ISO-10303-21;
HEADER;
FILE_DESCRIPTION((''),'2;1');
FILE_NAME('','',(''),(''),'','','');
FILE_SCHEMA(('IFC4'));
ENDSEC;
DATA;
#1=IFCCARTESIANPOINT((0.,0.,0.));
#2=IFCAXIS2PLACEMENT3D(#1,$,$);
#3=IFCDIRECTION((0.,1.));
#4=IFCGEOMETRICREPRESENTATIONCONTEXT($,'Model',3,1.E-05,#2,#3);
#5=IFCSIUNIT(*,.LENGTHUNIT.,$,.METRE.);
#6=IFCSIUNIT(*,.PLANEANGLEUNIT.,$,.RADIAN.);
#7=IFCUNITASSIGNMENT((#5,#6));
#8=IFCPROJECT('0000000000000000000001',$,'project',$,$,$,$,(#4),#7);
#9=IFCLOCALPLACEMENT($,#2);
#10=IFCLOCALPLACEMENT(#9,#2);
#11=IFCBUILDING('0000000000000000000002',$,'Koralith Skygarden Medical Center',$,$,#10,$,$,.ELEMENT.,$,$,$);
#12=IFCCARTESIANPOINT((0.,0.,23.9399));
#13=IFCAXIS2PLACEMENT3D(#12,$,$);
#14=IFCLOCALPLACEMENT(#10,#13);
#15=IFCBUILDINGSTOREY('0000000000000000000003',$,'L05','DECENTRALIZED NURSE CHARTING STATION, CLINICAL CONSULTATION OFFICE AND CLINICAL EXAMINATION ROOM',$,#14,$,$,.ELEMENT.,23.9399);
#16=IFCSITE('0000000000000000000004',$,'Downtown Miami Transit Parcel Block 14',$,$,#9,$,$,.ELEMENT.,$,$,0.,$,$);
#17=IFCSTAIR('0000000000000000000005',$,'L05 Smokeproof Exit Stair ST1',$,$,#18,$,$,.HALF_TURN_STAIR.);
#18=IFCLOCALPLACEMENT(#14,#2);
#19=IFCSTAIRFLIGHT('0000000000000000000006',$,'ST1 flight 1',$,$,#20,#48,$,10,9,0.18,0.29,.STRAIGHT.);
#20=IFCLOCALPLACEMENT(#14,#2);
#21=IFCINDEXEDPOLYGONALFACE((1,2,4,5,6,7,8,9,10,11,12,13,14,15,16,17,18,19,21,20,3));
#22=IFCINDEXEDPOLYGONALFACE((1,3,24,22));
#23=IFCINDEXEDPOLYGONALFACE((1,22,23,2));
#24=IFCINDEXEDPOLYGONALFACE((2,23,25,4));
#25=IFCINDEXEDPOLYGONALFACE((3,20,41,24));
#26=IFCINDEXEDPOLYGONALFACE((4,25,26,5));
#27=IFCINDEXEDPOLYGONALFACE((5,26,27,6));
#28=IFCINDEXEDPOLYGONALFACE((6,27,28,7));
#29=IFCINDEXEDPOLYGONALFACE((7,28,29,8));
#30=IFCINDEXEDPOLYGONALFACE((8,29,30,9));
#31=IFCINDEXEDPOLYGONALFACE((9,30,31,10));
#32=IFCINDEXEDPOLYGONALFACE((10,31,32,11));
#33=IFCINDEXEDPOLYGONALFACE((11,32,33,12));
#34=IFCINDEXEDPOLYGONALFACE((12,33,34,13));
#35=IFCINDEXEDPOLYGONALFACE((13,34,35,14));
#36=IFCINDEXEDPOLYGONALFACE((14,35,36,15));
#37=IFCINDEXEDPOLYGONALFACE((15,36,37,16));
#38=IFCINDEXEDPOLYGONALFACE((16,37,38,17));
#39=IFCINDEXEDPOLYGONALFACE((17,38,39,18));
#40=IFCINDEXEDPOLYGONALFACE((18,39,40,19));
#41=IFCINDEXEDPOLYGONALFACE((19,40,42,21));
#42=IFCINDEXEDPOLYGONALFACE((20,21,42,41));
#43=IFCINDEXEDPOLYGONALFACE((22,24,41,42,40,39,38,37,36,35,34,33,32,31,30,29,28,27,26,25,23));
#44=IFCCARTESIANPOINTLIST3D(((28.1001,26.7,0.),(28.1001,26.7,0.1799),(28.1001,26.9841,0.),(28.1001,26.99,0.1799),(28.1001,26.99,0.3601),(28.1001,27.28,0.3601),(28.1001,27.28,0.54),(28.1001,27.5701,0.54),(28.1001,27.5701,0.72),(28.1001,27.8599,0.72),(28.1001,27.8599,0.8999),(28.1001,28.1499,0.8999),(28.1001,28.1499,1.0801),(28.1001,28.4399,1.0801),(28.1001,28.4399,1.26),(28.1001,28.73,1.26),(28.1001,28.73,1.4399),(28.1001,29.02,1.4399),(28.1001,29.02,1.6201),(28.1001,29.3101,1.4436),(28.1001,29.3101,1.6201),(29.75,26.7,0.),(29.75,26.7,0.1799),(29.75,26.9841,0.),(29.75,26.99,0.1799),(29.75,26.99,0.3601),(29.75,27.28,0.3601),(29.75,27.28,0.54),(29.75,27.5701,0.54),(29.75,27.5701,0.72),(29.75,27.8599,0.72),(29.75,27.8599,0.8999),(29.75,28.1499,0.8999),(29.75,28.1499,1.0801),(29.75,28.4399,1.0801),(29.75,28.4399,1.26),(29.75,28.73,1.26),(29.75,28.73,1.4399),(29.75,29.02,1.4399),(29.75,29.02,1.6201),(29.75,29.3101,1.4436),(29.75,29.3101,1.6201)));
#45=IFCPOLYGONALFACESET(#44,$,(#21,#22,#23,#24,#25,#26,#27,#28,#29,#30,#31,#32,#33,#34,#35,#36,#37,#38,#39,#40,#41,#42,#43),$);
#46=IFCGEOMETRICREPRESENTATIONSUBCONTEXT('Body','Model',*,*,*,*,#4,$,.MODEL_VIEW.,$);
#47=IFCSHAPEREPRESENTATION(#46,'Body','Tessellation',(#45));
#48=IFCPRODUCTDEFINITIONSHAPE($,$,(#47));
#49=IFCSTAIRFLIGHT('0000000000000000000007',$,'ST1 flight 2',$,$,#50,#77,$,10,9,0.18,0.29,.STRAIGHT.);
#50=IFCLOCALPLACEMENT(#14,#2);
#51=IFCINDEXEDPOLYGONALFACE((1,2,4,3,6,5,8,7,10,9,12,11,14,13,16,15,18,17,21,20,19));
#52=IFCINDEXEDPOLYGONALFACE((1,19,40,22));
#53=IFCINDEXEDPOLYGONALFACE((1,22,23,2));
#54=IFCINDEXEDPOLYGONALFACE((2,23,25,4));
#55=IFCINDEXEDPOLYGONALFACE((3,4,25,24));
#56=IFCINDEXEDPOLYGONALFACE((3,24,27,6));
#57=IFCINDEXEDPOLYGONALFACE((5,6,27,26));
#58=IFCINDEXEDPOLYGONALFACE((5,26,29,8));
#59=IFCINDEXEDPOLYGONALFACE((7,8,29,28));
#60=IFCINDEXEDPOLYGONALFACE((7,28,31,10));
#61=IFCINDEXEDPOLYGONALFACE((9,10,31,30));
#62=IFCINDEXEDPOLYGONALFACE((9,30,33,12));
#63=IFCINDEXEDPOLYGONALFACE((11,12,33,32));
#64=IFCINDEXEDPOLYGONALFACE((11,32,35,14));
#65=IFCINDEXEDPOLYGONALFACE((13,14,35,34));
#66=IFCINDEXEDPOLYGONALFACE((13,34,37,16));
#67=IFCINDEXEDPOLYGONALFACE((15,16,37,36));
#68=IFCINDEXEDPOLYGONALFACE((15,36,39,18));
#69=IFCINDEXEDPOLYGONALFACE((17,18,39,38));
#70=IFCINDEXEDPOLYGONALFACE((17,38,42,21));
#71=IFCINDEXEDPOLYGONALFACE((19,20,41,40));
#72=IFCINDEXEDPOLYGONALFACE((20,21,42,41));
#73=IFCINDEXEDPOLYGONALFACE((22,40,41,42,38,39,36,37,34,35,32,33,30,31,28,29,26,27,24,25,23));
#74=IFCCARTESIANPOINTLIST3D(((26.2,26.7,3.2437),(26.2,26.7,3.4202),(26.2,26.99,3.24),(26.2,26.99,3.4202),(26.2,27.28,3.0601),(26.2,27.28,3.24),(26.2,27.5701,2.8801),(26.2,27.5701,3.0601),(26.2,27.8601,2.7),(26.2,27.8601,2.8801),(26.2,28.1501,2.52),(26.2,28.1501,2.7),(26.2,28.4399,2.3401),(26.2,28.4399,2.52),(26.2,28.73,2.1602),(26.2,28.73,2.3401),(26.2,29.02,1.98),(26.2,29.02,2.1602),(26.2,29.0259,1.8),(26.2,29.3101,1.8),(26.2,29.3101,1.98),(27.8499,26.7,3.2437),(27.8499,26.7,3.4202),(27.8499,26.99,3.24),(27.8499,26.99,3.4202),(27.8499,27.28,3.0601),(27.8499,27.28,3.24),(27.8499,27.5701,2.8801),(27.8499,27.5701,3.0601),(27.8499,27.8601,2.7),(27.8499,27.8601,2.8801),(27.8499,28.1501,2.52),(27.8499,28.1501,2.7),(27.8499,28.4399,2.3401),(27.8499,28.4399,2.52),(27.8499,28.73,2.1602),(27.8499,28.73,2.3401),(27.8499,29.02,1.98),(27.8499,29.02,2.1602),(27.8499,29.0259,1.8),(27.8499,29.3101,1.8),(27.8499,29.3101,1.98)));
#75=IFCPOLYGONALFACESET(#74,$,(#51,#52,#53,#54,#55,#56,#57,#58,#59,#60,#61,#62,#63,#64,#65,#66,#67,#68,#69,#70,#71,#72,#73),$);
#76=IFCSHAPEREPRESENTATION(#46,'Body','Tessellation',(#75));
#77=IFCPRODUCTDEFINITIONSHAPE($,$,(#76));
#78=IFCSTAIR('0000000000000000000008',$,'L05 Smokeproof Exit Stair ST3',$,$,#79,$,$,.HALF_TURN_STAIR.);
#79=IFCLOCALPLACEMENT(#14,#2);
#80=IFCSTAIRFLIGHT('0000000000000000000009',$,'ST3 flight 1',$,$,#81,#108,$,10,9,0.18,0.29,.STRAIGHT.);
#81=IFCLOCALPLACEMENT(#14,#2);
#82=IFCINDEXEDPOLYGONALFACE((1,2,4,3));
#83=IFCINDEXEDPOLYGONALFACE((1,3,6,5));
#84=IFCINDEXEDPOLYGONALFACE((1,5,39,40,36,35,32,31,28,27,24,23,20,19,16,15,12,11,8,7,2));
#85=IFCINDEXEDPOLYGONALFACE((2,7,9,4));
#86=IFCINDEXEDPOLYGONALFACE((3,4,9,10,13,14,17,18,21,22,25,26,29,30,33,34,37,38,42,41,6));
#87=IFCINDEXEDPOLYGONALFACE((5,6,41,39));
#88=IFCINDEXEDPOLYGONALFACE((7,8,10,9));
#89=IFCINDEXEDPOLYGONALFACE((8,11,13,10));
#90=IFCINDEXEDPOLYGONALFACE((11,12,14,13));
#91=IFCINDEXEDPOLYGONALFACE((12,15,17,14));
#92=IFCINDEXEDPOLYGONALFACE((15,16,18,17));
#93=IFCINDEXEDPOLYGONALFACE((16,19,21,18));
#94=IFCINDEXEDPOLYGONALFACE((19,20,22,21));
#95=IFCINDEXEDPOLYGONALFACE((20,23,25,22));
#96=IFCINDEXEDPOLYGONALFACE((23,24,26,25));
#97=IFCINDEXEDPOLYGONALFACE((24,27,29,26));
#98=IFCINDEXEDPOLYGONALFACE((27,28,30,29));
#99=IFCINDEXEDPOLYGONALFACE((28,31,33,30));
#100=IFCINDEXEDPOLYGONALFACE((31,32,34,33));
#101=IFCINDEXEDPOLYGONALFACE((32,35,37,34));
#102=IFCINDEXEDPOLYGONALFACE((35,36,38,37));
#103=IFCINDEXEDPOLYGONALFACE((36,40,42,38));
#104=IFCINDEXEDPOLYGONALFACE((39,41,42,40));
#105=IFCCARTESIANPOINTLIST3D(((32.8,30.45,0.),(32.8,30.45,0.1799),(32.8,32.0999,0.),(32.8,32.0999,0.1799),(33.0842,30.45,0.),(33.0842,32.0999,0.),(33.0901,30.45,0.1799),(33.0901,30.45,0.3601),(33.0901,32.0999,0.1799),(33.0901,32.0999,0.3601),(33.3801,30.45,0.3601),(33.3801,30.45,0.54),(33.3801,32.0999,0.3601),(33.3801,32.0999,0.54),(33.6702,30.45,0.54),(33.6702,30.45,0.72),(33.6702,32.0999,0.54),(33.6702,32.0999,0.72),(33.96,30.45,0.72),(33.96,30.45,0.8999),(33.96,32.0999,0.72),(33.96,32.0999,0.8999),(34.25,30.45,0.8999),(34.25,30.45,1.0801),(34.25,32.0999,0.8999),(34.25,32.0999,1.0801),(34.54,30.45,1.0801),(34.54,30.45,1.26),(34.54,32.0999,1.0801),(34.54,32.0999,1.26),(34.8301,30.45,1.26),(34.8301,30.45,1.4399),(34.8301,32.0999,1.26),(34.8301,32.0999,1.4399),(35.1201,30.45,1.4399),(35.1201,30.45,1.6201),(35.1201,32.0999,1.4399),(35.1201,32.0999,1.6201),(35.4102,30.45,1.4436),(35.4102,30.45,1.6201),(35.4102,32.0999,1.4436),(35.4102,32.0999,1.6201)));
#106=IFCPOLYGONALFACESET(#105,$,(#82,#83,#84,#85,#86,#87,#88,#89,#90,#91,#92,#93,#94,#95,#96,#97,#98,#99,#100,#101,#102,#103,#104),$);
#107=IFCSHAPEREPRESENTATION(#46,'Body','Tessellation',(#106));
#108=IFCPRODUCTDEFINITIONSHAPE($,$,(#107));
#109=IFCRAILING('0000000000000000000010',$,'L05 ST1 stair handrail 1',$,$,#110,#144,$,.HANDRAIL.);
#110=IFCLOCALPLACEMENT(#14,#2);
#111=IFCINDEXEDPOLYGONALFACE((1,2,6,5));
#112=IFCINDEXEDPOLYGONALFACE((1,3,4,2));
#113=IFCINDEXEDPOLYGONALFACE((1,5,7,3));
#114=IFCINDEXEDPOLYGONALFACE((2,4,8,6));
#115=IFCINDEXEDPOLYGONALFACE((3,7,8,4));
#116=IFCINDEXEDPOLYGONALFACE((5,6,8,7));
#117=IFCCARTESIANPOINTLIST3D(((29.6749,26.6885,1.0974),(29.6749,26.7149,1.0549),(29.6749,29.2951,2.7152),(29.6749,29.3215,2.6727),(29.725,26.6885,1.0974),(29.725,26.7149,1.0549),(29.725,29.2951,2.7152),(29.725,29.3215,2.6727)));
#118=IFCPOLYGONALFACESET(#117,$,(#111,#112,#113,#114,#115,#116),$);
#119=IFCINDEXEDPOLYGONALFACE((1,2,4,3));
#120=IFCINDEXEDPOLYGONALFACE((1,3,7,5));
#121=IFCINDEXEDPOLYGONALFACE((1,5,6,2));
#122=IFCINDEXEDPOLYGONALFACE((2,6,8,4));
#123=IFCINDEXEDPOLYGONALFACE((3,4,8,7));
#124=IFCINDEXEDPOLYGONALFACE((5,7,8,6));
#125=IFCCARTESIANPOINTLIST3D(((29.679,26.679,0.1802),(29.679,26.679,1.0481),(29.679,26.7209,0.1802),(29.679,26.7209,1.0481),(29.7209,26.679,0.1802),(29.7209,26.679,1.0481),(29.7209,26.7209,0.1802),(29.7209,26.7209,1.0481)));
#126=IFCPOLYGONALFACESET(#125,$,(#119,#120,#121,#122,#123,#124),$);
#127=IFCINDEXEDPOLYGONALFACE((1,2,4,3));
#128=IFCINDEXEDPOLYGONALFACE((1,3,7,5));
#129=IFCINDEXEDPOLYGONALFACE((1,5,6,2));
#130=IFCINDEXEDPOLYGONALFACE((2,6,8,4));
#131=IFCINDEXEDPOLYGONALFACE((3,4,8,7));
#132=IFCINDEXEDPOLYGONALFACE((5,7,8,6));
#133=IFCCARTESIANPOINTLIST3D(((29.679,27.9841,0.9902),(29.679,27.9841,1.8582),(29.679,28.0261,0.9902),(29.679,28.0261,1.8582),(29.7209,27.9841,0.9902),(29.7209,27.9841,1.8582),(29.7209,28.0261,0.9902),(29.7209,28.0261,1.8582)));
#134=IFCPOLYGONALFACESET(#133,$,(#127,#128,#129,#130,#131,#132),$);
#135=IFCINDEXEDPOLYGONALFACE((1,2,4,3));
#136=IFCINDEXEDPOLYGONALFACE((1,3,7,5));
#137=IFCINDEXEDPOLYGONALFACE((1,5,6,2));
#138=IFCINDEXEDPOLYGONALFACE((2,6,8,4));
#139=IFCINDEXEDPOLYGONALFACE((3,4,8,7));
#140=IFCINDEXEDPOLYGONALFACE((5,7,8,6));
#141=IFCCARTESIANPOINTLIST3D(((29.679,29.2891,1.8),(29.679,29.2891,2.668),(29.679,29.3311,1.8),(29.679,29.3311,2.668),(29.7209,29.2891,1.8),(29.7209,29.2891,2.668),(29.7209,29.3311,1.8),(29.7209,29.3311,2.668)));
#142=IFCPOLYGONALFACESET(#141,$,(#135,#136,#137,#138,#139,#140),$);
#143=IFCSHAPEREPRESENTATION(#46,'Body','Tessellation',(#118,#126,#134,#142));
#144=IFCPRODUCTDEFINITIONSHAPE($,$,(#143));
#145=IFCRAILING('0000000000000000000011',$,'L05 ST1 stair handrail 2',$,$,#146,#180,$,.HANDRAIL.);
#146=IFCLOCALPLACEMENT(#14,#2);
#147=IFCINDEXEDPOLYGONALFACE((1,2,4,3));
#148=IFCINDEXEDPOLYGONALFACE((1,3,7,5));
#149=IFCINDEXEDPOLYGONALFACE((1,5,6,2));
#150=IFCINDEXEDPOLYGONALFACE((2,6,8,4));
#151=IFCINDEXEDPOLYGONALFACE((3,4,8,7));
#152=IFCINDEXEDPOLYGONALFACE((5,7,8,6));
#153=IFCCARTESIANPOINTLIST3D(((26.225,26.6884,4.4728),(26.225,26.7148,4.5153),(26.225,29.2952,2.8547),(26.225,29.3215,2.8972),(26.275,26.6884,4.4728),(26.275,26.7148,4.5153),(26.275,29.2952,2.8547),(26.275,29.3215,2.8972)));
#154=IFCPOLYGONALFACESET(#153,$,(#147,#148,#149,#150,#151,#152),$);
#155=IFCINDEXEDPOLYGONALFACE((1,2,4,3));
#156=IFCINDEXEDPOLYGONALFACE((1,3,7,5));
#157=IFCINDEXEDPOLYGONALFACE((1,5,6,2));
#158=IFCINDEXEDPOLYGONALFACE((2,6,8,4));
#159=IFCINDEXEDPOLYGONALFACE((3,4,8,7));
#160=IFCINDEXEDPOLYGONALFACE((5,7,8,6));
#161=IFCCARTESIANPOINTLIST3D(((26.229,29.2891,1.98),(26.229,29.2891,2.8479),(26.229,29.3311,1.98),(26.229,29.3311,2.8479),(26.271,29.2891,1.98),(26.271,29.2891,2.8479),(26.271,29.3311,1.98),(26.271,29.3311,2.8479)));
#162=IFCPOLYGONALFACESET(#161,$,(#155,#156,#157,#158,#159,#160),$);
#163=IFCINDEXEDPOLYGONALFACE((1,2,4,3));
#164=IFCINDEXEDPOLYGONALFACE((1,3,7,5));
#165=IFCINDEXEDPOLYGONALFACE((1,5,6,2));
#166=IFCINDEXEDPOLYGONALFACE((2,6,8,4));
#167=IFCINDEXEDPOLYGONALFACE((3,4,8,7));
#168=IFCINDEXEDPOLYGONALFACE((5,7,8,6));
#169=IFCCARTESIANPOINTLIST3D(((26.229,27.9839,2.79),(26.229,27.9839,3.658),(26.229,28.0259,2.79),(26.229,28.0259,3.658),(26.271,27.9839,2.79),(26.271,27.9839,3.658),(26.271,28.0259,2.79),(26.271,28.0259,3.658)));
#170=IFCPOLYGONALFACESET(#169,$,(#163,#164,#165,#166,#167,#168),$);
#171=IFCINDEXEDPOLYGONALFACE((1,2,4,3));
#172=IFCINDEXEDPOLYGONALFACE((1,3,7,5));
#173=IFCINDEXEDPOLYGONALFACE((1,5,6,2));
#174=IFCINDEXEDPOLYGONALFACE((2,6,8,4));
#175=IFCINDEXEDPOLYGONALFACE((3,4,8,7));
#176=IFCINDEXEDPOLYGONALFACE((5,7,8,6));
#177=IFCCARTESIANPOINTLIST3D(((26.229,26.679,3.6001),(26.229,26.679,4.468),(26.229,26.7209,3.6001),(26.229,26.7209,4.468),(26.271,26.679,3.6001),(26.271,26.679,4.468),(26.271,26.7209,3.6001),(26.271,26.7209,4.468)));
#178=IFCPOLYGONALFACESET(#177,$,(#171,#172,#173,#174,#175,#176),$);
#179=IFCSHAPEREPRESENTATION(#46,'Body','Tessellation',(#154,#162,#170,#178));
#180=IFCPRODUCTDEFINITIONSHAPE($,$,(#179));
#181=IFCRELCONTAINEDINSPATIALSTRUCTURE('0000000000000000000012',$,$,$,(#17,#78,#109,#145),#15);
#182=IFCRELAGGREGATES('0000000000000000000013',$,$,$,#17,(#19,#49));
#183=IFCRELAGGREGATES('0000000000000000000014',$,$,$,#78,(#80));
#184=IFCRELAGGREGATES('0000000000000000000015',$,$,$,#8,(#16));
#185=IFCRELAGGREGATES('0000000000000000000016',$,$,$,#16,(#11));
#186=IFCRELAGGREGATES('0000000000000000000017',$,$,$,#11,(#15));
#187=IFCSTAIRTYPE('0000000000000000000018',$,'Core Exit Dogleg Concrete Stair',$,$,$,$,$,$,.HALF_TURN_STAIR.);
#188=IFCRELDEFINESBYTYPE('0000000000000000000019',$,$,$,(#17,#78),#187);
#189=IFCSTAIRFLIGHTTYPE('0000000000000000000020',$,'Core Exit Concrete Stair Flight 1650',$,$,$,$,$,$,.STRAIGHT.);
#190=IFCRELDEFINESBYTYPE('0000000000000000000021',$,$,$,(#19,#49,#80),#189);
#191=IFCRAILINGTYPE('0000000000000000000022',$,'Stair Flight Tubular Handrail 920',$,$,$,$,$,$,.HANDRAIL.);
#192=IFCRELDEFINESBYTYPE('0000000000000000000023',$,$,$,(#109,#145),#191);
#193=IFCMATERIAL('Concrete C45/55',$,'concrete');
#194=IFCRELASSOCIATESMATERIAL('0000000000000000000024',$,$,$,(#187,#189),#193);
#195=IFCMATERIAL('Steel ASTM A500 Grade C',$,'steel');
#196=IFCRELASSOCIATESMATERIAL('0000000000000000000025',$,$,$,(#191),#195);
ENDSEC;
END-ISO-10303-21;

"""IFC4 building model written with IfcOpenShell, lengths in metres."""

from ifc_helpers import new_model, si_unit, direction, frame, origin, origin_2d, place, context, subcontext, project, spatial, polyline, rectangle, outline, extrude, material, type_object, element, aggregate, save


model = new_model("IFC4")

# Units and contexts
model_context = context("Model", 3, precision=1e-05, world=origin(), true_north=direction((0.0, 1.0)))
body_context = subcontext(model_context, "Body", "Model", "MODEL_VIEW")
ifc_project = project(units=[si_unit("LENGTHUNIT", "METRE"), si_unit("PLANEANGLEUNIT", "RADIAN")], contexts=[model_context])

# Site, building, storey
site_placement = place(None, origin())
site = spatial("IfcSite", under=ifc_project, at=site_placement, Name="Downtown Miami Transit Parcel Block 14", CompositionType="ELEMENT", RefElevation=0.0)
building_placement = place(site_placement, origin())
building = spatial("IfcBuilding", under=site, at=building_placement, Name="Koralith Skygarden Medical Center", CompositionType="ELEMENT")
storey_placement = place(building_placement, frame((0.0, 0.0, 23.9399)))
storey = spatial("IfcBuildingStorey", under=building, at=storey_placement, Name="L05", Description="DECENTRALIZED NURSE CHARTING STATION, CLINICAL CONSULTATION OFFICE AND CLINICAL EXAMINATION ROOM", CompositionType="ELEMENT", Elevation=23.9399)

# Shared definitions
ifc_material_1 = material(Name="Concrete C45/55", Category="concrete")

# Shared definitions
ifc_material_2 = material(Name="Steel ASTM A500 Grade C", Category="steel")

# Stair, stair flights
stair_type = type_object("IfcStairType", Name="Core Exit Dogleg Concrete Stair", PredefinedType="HALF_TURN_STAIR", material=ifc_material_1)
stair_1_placement = place(storey_placement, origin())
stair_1 = element("IfcStair", 1, at=stair_1_placement, inside=storey, type_object=stair_type, Name="L05 Smokeproof Exit Stair ST1", PredefinedType="HALF_TURN_STAIR")
stair_flight_type = type_object("IfcStairFlightType", Name="Core Exit Concrete Stair Flight 1650", PredefinedType="STRAIGHT", material=ifc_material_1)
stair_flight_1_placement = place(storey_placement, frame((28.925, 26.7, 0.0), z_axis=(0.0, 0.0, 1.0), x_axis=(0.0, 1.0, 0.0)))
stair_flight_1 = element("IfcStairFlight", 2, at=stair_flight_1_placement, type_object=stair_flight_type, Name="ST1 flight 1", NumberOfRisers=10, NumberOfTreads=9, PredefinedType="STRAIGHT", RiserHeight=0.18, TreadLength=0.29, context=body_context, shape_type="SweptSolid", body=[
    extrude(outline(polyline([(0.0, 0.0), (0.0, 0.1799), (0.29, 0.1799), (0.29, 0.3601), (0.5801, 0.3601), (0.5801, 0.54), (0.8701, 0.54), (0.8701, 0.72), (1.1599, 0.72), (1.1599, 0.8999), (1.45, 0.8999), (1.45, 1.0801), (1.74, 1.0801), (1.74, 1.26), (2.03, 1.26), (2.03, 1.4399), (2.3201, 1.4399), (2.3201, 1.6201), (2.6101, 1.6201), (2.6101, 1.8), (2.6101, 1.4436), (0.2842, 0.0), (0.0, 0.0)])), frame((0.0, 0.825, 0.0), z_axis=(0.0, -1.0, 0.0), x_axis=(1.0, 0.0, 0.0)), (0.0, 0.0, 1.0), 1.6499),
])
stair_flight_2_placement = place(storey_placement, frame((27.0249, 29.3101, 1.8), z_axis=(0.0, 0.0, 1.0), x_axis=(0.0, -1.0, 0.0)))
stair_flight_2 = element("IfcStairFlight", 3, at=stair_flight_2_placement, type_object=stair_flight_type, Name="ST1 flight 2", NumberOfRisers=10, NumberOfTreads=9, PredefinedType="STRAIGHT", RiserHeight=0.18, TreadLength=0.29, context=body_context, shape_type="SweptSolid", body=[
    extrude(outline(polyline([(0.0, 0.0), (0.0, 0.1799), (0.29, 0.1799), (0.29, 0.3601), (0.5801, 0.3601), (0.5801, 0.54), (0.8701, 0.54), (0.8701, 0.72), (1.1599, 0.72), (1.1599, 0.8999), (1.45, 0.8999), (1.45, 1.0801), (1.74, 1.0801), (1.74, 1.26), (2.03, 1.26), (2.03, 1.4399), (2.3201, 1.4399), (2.3201, 1.6201), (2.6101, 1.6201), (2.6101, 1.8), (2.6101, 1.4436), (0.2842, 0.0), (0.0, 0.0)])), frame((0.0, 0.825, 0.0), z_axis=(0.0, -1.0, 0.0), x_axis=(1.0, 0.0, 0.0)), (0.0, 0.0, 1.0), 1.6499),
])
aggregate(stair_1, [stair_flight_1, stair_flight_2])

# Stair, stair flight
stair_2_placement = place(storey_placement, origin())
stair_2 = element("IfcStair", 4, at=stair_2_placement, inside=storey, type_object=stair_type, Name="L05 Smokeproof Exit Stair ST3", PredefinedType="HALF_TURN_STAIR")
stair_flight_3_placement = place(storey_placement, frame((32.8, 31.2749, 0.0), z_axis=(0.0, 0.0, 1.0), x_axis=(1.0, 0.0, 0.0)))
stair_flight_3 = element("IfcStairFlight", 5, at=stair_flight_3_placement, type_object=stair_flight_type, Name="ST3 flight 1", NumberOfRisers=10, NumberOfTreads=9, PredefinedType="STRAIGHT", RiserHeight=0.18, TreadLength=0.29, context=body_context, shape_type="SweptSolid", body=[
    extrude(outline(polyline([(0.0, 0.0), (0.0, 0.1799), (0.29, 0.1799), (0.29, 0.3601), (0.5801, 0.3601), (0.5801, 0.54), (0.8701, 0.54), (0.8701, 0.72), (1.1599, 0.72), (1.1599, 0.8999), (1.45, 0.8999), (1.45, 1.0801), (1.74, 1.0801), (1.74, 1.26), (2.03, 1.26), (2.03, 1.4399), (2.3201, 1.4399), (2.3201, 1.6201), (2.6101, 1.6201), (2.6101, 1.8), (2.6101, 1.4436), (0.2842, 0.0), (0.0, 0.0)])), frame((0.0, 0.825, 0.0), z_axis=(0.0, -1.0, 0.0), x_axis=(1.0, 0.0, 0.0)), (0.0, 0.0, 1.0), 1.6499),
])
aggregate(stair_2, [stair_flight_3])

# Railings
railing_type_1 = type_object("IfcRailingType", Name="Stair Flight Tubular Handrail 920", PredefinedType="HANDRAIL", material=ifc_material_2)
railing_1_placement = place(storey_placement, frame((29.7, 26.7, 0.1802)))
element("IfcRailing", 6, at=railing_1_placement, inside=storey, type_object=railing_type_1, Name="L05 ST1 stair handrail 1", PredefinedType="HANDRAIL", context=body_context, shape_type="SweptSolid", body=[
    extrude(rectangle(XDim=0.05, YDim=0.05, at=origin_2d()), frame((0.0, 0.0017, 0.896), z_axis=(0.0, 0.849668, 0.527317), x_axis=(-1.0, 0.0, 0.0)), (0.0, 0.0, 1.0), 3.0679),
    extrude(rectangle(XDim=0.042, YDim=0.042, at=origin_2d()), origin(), (0.0, 0.0, 1.0), 0.8679),
    extrude(rectangle(XDim=0.042, YDim=0.042, at=origin_2d()), frame((0.0, 1.3052, 0.8101)), (0.0, 0.0, 1.0), 0.8679),
    extrude(rectangle(XDim=0.042, YDim=0.042, at=origin_2d()), frame((0.0, 2.6101, 1.6199)), (0.0, 0.0, 1.0), 0.8679),
])
railing_2_placement = place(storey_placement, frame((26.25, 29.3101, 1.98)))
element("IfcRailing", 7, at=railing_2_placement, inside=storey, type_object=railing_type_1, Name="L05 ST1 stair handrail 2", PredefinedType="HANDRAIL", context=body_context, shape_type="SweptSolid", body=[
    extrude(rectangle(XDim=0.05, YDim=0.05, at=origin_2d()), frame((0.0, -0.0017, 0.896), z_axis=(0.0, -0.849633, 0.527375), x_axis=(1.0, 0.0, 0.0)), (0.0, 0.0, 1.0), 3.0681),
    extrude(rectangle(XDim=0.042, YDim=0.042, at=origin_2d()), origin(), (0.0, 0.0, 1.0), 0.8679),
    extrude(rectangle(XDim=0.042, YDim=0.042, at=origin_2d()), frame((0.0, -1.3052, 0.8101)), (0.0, 0.0, 1.0), 0.8679),
    extrude(rectangle(XDim=0.042, YDim=0.042, at=origin_2d()), frame((0.0, -2.6101, 1.6201)), (0.0, 0.0, 1.0), 0.8679),
])

save(model, "model.ifc")
